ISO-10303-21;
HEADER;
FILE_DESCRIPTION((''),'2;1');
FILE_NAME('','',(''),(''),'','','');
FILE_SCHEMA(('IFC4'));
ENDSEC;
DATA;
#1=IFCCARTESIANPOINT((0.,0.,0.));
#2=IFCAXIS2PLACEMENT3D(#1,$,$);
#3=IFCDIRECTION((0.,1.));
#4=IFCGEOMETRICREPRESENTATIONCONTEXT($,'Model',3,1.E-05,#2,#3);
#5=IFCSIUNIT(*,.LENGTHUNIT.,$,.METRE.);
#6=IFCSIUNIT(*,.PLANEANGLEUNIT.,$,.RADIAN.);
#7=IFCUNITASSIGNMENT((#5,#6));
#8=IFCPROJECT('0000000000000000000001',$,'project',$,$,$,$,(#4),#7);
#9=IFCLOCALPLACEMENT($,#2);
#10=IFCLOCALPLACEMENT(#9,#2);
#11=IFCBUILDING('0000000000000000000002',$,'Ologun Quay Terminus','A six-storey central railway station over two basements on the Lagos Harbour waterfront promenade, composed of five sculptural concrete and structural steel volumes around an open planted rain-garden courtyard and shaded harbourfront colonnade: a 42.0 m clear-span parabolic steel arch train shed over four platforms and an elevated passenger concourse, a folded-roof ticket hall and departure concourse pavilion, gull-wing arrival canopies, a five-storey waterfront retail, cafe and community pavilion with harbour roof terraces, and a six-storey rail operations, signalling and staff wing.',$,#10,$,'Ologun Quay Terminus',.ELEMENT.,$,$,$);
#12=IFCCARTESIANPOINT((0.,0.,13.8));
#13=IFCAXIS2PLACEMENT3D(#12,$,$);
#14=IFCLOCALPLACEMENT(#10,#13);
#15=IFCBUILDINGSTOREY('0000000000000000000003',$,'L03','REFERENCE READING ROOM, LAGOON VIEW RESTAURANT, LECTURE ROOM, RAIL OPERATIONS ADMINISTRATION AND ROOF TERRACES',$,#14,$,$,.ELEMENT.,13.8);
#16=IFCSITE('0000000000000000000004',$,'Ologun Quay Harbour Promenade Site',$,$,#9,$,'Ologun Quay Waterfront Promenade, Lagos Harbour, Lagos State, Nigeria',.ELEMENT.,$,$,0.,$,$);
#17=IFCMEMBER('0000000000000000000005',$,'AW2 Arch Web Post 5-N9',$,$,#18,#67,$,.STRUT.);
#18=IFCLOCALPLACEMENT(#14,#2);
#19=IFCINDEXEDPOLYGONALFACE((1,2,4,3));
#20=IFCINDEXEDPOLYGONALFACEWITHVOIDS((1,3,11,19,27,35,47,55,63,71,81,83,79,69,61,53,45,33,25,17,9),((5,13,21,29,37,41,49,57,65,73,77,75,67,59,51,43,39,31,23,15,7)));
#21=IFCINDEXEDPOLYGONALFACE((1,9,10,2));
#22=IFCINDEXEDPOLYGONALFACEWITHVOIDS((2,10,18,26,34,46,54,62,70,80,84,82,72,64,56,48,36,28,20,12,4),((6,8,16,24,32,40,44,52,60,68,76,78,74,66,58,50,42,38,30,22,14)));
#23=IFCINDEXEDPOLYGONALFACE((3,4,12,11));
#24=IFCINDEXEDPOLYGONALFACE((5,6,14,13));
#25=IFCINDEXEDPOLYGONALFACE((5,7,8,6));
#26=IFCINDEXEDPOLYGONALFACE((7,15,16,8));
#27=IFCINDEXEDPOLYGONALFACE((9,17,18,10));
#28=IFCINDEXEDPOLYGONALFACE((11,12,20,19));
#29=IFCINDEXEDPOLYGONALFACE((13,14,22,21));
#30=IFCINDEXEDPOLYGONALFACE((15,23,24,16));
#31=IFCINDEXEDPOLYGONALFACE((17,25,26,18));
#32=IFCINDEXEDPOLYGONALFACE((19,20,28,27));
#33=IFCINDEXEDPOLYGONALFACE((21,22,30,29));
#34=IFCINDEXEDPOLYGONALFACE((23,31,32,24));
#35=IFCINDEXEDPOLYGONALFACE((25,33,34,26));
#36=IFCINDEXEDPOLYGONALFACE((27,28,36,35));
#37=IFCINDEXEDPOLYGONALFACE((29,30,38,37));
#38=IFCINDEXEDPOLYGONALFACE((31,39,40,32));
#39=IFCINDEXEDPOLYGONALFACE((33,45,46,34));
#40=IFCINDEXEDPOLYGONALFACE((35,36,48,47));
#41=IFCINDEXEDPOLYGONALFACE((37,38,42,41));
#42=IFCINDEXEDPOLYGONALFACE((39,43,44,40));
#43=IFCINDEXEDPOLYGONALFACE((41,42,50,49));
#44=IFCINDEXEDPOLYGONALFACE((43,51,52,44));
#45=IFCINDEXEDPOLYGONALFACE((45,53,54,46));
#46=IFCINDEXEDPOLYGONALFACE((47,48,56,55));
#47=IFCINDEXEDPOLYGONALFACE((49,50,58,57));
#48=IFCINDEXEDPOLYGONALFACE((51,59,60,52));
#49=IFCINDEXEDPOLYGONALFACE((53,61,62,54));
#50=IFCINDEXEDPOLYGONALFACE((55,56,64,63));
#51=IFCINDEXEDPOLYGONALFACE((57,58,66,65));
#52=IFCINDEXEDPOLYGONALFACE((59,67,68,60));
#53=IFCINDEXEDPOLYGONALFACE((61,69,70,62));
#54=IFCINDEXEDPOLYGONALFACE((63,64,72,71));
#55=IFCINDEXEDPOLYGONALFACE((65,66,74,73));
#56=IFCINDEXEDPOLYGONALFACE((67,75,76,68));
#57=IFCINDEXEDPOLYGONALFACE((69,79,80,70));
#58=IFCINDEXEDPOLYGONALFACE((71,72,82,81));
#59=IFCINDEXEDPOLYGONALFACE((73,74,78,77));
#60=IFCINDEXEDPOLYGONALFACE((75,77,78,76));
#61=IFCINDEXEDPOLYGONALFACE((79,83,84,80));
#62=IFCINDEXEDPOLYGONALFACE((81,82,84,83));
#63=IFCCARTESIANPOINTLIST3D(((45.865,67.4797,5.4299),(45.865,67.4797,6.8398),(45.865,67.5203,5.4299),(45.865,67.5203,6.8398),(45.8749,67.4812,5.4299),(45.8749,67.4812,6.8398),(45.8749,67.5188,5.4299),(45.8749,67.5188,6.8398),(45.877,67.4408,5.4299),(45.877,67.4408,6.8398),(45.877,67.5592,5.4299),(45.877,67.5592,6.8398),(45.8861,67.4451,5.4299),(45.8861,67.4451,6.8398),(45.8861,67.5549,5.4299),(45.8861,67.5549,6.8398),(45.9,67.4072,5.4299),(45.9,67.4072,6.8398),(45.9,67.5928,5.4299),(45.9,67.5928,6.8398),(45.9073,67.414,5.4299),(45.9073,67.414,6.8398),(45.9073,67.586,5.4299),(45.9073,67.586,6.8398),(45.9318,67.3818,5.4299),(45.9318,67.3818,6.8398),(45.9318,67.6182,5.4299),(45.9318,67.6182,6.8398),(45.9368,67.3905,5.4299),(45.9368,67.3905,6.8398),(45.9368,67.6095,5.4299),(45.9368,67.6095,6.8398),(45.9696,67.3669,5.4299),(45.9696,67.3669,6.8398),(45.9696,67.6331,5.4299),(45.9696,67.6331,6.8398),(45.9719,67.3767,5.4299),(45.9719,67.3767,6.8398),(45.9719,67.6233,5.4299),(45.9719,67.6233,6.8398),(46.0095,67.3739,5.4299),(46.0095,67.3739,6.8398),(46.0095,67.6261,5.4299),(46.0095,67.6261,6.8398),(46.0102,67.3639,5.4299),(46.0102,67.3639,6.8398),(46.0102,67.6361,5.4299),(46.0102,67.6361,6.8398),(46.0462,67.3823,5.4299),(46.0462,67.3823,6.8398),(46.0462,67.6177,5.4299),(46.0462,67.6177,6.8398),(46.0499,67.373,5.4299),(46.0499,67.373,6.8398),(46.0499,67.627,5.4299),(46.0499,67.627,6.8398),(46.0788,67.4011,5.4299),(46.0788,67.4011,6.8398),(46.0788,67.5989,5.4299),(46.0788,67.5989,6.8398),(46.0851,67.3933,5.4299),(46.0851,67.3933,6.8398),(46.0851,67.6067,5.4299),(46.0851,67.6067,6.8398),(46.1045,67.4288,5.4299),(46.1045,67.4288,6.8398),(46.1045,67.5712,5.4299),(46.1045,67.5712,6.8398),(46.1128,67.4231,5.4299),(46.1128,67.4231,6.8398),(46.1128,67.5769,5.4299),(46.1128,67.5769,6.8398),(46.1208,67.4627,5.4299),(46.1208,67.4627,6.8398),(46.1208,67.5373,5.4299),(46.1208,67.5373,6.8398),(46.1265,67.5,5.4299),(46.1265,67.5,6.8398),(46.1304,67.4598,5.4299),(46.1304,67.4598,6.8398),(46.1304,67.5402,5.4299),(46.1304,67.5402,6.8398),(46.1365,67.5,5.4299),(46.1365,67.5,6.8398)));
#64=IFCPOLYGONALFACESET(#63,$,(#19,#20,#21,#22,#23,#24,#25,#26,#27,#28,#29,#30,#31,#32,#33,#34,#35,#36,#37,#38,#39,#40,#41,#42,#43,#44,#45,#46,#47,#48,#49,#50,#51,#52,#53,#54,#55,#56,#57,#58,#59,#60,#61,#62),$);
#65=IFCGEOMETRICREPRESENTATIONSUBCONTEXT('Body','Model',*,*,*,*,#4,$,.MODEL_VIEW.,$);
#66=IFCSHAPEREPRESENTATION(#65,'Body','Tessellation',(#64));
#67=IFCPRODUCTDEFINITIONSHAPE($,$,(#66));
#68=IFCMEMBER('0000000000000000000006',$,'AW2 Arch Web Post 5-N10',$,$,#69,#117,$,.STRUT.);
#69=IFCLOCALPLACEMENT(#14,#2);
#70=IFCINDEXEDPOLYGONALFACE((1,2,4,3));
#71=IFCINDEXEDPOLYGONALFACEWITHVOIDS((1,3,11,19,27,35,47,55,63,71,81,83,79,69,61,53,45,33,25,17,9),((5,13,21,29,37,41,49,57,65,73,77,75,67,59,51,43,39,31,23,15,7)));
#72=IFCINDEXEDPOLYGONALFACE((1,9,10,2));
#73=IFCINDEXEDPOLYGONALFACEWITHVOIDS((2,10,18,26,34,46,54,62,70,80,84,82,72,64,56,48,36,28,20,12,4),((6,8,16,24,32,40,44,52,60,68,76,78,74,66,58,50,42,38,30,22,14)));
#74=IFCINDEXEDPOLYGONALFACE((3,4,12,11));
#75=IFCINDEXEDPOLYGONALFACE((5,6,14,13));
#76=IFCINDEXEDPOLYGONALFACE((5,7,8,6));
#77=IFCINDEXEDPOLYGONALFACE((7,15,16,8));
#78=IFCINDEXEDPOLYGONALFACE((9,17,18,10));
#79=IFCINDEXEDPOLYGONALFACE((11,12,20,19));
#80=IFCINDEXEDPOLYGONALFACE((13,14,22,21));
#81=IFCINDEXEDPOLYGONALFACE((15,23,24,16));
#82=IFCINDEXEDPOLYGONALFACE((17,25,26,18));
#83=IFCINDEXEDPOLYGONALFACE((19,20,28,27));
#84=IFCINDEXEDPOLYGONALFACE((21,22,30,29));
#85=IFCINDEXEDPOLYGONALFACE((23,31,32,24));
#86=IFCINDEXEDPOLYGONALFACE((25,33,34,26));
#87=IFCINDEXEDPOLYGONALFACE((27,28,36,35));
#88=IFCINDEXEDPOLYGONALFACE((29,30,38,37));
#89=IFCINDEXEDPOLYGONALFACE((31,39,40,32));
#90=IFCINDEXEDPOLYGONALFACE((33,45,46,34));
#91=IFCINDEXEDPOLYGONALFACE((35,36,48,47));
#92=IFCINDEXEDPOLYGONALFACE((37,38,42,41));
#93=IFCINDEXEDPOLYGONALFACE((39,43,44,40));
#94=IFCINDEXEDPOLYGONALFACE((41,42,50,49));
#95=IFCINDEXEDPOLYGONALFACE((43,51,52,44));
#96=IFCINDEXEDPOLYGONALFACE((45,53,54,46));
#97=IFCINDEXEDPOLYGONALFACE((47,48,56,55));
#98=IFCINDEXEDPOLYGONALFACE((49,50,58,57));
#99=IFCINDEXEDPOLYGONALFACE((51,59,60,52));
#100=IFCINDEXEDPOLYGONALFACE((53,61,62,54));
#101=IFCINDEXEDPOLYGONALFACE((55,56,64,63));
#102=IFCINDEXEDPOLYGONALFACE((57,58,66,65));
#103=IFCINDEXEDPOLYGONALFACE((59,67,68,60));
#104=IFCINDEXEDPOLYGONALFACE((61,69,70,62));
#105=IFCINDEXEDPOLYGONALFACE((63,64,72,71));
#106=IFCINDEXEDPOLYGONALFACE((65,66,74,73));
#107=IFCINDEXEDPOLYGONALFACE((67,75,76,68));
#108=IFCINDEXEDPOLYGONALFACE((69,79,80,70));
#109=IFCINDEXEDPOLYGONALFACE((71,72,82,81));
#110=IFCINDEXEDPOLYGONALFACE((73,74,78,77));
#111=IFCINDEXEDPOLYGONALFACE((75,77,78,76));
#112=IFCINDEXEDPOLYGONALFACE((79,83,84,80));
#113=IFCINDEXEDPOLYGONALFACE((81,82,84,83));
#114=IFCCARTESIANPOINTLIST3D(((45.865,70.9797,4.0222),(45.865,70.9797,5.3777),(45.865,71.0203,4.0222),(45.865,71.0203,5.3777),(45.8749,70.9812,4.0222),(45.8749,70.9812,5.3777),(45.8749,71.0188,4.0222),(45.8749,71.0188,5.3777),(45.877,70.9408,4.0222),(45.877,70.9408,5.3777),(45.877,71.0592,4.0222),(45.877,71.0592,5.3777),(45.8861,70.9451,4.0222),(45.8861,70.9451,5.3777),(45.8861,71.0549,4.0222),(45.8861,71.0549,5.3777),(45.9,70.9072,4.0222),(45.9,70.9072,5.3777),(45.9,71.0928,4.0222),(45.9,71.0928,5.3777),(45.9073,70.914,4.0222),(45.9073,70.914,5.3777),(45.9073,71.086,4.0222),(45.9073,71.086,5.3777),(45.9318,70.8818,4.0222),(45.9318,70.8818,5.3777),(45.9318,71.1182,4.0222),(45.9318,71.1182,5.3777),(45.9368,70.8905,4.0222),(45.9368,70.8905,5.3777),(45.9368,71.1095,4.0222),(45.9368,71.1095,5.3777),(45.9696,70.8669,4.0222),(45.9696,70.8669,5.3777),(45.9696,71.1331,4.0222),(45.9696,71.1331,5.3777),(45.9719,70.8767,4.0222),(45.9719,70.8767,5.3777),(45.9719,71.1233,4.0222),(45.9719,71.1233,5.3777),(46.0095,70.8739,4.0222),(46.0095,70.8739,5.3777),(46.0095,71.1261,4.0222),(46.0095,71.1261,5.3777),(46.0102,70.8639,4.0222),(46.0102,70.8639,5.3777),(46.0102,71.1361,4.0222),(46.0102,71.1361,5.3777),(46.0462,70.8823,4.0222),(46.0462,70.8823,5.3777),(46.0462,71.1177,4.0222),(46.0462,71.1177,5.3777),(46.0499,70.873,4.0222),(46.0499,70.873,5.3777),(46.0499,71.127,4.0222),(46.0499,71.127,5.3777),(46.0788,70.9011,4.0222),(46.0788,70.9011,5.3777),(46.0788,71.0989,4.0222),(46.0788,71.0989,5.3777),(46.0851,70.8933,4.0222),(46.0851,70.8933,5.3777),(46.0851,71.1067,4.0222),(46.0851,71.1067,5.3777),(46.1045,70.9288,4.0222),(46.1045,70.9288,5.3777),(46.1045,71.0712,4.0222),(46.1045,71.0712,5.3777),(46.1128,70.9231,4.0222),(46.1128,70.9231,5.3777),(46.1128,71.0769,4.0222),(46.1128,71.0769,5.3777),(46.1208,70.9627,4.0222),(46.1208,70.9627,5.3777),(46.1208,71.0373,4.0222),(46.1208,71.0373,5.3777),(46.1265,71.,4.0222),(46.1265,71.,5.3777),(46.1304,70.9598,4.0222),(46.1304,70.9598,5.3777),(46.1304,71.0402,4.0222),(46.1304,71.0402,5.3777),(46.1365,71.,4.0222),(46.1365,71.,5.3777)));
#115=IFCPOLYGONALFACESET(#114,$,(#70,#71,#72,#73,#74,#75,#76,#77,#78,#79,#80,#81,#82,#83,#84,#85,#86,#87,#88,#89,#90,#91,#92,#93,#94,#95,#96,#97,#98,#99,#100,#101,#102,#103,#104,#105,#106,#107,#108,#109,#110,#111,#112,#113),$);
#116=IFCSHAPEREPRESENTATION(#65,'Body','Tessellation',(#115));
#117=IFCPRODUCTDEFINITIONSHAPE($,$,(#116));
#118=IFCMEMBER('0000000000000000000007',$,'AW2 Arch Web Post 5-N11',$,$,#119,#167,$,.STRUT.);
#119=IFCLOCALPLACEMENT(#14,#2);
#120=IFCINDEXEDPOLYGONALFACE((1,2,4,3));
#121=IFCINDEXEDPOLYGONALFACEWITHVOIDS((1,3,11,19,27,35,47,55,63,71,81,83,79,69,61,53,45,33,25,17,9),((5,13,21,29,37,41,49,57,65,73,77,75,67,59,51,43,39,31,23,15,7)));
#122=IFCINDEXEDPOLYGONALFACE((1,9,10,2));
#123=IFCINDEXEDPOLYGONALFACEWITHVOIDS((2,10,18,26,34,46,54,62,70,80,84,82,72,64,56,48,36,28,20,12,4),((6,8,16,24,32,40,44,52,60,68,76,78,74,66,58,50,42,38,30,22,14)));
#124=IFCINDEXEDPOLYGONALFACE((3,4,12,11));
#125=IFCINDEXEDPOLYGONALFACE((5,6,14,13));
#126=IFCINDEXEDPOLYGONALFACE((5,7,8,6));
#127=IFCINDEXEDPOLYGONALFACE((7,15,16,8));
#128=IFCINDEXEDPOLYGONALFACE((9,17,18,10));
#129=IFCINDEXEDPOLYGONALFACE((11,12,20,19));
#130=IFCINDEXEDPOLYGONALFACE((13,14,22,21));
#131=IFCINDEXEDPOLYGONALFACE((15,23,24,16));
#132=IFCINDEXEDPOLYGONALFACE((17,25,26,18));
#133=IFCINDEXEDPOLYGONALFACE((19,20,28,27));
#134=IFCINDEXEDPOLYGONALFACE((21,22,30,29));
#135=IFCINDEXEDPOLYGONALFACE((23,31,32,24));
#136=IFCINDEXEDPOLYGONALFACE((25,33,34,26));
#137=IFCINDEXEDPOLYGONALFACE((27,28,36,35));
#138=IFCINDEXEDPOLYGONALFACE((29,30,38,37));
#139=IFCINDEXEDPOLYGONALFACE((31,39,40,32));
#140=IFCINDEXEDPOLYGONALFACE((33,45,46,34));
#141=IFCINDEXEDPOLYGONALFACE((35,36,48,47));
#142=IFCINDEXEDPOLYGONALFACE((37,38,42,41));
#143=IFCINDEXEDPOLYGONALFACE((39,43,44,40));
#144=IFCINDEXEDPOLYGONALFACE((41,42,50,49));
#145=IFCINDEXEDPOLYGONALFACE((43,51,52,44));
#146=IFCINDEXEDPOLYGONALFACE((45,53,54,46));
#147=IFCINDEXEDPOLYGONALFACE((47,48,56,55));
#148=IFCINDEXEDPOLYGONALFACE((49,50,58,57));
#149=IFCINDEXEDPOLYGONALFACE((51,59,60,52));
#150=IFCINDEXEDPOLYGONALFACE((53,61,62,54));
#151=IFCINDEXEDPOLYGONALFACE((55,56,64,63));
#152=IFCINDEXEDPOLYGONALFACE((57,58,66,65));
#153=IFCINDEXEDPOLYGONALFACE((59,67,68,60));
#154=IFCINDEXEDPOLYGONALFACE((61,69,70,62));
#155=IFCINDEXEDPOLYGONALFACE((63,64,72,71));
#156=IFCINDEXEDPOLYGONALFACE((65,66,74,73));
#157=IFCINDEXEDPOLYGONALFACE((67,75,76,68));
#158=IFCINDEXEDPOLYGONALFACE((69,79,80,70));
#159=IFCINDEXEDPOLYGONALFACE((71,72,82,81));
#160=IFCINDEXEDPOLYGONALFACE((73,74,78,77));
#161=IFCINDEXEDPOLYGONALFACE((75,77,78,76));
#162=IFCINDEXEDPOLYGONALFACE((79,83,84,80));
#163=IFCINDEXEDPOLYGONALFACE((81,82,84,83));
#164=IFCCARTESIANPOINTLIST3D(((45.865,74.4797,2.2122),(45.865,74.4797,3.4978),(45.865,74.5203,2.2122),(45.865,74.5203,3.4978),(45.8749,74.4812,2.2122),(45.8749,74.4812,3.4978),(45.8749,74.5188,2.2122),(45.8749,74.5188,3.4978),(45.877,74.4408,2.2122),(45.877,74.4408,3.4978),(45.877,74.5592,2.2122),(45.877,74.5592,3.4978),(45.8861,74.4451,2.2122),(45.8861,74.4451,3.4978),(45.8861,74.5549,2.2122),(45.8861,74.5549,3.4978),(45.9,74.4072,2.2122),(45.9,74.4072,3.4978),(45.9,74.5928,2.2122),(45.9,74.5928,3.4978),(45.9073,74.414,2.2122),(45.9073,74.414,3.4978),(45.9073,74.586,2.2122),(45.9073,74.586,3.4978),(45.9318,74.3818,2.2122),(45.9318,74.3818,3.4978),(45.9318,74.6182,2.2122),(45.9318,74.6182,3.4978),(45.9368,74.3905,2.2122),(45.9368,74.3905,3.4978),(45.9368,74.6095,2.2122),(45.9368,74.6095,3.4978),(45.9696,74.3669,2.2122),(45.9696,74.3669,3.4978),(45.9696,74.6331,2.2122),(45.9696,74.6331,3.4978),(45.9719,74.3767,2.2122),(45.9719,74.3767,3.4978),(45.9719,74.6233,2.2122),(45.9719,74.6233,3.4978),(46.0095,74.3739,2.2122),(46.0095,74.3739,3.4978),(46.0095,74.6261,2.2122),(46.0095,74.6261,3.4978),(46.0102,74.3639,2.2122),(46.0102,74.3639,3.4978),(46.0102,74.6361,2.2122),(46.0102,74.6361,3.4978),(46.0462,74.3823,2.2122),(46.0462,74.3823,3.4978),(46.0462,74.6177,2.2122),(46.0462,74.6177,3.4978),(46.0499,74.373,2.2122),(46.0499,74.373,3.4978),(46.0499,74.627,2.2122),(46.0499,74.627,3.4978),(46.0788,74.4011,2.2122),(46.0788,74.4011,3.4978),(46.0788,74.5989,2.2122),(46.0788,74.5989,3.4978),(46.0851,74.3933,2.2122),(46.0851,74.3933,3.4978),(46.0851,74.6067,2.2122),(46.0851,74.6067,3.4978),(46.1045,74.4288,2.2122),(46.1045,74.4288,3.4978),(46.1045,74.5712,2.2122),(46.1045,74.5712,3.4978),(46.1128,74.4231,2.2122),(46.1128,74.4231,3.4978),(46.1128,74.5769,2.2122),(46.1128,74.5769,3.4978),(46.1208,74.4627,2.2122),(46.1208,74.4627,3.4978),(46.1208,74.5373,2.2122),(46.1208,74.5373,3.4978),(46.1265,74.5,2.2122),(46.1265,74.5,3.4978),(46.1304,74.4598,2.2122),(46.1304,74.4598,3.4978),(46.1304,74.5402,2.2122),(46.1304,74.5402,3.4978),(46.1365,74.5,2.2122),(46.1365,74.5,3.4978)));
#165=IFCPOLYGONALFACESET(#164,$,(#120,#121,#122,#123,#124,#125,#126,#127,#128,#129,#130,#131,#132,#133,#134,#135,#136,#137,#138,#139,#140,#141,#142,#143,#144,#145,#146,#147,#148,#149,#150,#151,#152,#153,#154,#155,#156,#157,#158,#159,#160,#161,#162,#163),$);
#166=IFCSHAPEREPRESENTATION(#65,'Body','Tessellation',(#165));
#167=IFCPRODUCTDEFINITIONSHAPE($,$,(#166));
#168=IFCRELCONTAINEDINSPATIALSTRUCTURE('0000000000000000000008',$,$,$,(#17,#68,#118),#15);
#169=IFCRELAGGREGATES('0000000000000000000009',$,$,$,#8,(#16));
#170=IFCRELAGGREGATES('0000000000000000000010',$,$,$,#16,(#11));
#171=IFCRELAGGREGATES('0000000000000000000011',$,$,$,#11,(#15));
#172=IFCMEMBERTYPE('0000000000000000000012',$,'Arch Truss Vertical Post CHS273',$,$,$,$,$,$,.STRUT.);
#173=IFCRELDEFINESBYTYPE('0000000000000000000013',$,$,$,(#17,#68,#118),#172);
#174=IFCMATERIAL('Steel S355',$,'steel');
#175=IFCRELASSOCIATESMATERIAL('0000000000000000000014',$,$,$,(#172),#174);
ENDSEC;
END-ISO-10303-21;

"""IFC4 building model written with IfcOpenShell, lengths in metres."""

from ifc_helpers import new_model, si_unit, direction, frame, origin, origin_2d, place, context, subcontext, project, spatial, hollow_circle, extrude, material, material_profile, profile_set, type_object, element, save


model = new_model("IFC4")

# Units and contexts
model_context = context("Model", 3, precision=1e-05, world=origin(), true_north=direction((0.0, 1.0)))
body_context = subcontext(model_context, "Body", "Model", "MODEL_VIEW")
ifc_project = project(units=[si_unit("LENGTHUNIT", "METRE"), si_unit("PLANEANGLEUNIT", "RADIAN")], contexts=[model_context])

# Site, building, storey
site_placement = place(None, origin())
site = spatial("IfcSite", under=ifc_project, at=site_placement, Name="Ologun Quay Harbour Promenade Site", LongName="Ologun Quay Waterfront Promenade, Lagos Harbour, Lagos State, Nigeria", CompositionType="ELEMENT", RefElevation=0.0)
building_placement = place(site_placement, origin())
building = spatial("IfcBuilding", under=site, at=building_placement, Name="Ologun Quay Terminus", Description="A six-storey central railway station over two basements on the Lagos Harbour waterfront promenade, composed of five sculptural concrete and structural steel volumes around an open planted rain-garden courtyard and shaded harbourfront colonnade: a 42.0 m clear-span parabolic steel arch train shed over four platforms and an elevated passenger concourse, a folded-roof ticket hall and departure concourse pavilion, gull-wing arrival canopies, a five-storey waterfront retail, cafe and community pavilion with harbour roof terraces, and a six-storey rail operations, signalling and staff wing.", LongName="Ologun Quay Terminus", CompositionType="ELEMENT")
storey_placement = place(building_placement, frame((0.0, 0.0, 13.8)))
storey = spatial("IfcBuildingStorey", under=building, at=storey_placement, Name="L03", Description="REFERENCE READING ROOM, LAGOON VIEW RESTAURANT, LECTURE ROOM, RAIL OPERATIONS ADMINISTRATION AND ROOF TERRACES", CompositionType="ELEMENT", Elevation=13.8)

# Members
ifc_material_1 = material(Name="Steel S355", Category="steel")
ifc_material_profile_1 = material_profile(ifc_material_1, hollow_circle(Radius=0.1365, WallThickness=0.01, at=origin_2d()), Name="CHS 273x10")
ifc_profile_set_1 = profile_set([ifc_material_profile_1], Name="Steel S355")
member_type_1 = type_object("IfcMemberType", Name="Arch Truss Vertical Post CHS273", PredefinedType="STRUT", material=ifc_profile_set_1)
member_1_placement = place(storey_placement, frame((46.0, 67.5, 5.4299), z_axis=(0.0, 0.0, 1.0), x_axis=(1.0, 0.0, 0.0)))
element("IfcMember", 1, at=member_1_placement, inside=storey, type_object=member_type_1, Name="AW2 Arch Web Post 5-N9", PredefinedType="STRUT", context=body_context, shape_type="SweptSolid", body=[
    extrude(hollow_circle(Radius=0.1365, WallThickness=0.01, at=origin_2d()), origin(), (0.0, 0.0, 1.0), 1.4099),
])
member_2_placement = place(storey_placement, frame((46.0, 71.0, 4.0222), z_axis=(0.0, 0.0, 1.0), x_axis=(1.0, 0.0, 0.0)))
element("IfcMember", 2, at=member_2_placement, inside=storey, type_object=member_type_1, Name="AW2 Arch Web Post 5-N10", PredefinedType="STRUT", context=body_context, shape_type="SweptSolid", body=[
    extrude(hollow_circle(Radius=0.1365, WallThickness=0.01, at=origin_2d()), origin(), (0.0, 0.0, 1.0), 1.3555),
])
member_3_placement = place(storey_placement, frame((46.0, 74.5, 2.2122), z_axis=(0.0, 0.0, 1.0), x_axis=(1.0, 0.0, 0.0)))
element("IfcMember", 3, at=member_3_placement, inside=storey, type_object=member_type_1, Name="AW2 Arch Web Post 5-N11", PredefinedType="STRUT", context=body_context, shape_type="SweptSolid", body=[
    extrude(hollow_circle(Radius=0.1365, WallThickness=0.01, at=origin_2d()), origin(), (0.0, 0.0, 1.0), 1.2856),
])

save(model, "model.ifc")
